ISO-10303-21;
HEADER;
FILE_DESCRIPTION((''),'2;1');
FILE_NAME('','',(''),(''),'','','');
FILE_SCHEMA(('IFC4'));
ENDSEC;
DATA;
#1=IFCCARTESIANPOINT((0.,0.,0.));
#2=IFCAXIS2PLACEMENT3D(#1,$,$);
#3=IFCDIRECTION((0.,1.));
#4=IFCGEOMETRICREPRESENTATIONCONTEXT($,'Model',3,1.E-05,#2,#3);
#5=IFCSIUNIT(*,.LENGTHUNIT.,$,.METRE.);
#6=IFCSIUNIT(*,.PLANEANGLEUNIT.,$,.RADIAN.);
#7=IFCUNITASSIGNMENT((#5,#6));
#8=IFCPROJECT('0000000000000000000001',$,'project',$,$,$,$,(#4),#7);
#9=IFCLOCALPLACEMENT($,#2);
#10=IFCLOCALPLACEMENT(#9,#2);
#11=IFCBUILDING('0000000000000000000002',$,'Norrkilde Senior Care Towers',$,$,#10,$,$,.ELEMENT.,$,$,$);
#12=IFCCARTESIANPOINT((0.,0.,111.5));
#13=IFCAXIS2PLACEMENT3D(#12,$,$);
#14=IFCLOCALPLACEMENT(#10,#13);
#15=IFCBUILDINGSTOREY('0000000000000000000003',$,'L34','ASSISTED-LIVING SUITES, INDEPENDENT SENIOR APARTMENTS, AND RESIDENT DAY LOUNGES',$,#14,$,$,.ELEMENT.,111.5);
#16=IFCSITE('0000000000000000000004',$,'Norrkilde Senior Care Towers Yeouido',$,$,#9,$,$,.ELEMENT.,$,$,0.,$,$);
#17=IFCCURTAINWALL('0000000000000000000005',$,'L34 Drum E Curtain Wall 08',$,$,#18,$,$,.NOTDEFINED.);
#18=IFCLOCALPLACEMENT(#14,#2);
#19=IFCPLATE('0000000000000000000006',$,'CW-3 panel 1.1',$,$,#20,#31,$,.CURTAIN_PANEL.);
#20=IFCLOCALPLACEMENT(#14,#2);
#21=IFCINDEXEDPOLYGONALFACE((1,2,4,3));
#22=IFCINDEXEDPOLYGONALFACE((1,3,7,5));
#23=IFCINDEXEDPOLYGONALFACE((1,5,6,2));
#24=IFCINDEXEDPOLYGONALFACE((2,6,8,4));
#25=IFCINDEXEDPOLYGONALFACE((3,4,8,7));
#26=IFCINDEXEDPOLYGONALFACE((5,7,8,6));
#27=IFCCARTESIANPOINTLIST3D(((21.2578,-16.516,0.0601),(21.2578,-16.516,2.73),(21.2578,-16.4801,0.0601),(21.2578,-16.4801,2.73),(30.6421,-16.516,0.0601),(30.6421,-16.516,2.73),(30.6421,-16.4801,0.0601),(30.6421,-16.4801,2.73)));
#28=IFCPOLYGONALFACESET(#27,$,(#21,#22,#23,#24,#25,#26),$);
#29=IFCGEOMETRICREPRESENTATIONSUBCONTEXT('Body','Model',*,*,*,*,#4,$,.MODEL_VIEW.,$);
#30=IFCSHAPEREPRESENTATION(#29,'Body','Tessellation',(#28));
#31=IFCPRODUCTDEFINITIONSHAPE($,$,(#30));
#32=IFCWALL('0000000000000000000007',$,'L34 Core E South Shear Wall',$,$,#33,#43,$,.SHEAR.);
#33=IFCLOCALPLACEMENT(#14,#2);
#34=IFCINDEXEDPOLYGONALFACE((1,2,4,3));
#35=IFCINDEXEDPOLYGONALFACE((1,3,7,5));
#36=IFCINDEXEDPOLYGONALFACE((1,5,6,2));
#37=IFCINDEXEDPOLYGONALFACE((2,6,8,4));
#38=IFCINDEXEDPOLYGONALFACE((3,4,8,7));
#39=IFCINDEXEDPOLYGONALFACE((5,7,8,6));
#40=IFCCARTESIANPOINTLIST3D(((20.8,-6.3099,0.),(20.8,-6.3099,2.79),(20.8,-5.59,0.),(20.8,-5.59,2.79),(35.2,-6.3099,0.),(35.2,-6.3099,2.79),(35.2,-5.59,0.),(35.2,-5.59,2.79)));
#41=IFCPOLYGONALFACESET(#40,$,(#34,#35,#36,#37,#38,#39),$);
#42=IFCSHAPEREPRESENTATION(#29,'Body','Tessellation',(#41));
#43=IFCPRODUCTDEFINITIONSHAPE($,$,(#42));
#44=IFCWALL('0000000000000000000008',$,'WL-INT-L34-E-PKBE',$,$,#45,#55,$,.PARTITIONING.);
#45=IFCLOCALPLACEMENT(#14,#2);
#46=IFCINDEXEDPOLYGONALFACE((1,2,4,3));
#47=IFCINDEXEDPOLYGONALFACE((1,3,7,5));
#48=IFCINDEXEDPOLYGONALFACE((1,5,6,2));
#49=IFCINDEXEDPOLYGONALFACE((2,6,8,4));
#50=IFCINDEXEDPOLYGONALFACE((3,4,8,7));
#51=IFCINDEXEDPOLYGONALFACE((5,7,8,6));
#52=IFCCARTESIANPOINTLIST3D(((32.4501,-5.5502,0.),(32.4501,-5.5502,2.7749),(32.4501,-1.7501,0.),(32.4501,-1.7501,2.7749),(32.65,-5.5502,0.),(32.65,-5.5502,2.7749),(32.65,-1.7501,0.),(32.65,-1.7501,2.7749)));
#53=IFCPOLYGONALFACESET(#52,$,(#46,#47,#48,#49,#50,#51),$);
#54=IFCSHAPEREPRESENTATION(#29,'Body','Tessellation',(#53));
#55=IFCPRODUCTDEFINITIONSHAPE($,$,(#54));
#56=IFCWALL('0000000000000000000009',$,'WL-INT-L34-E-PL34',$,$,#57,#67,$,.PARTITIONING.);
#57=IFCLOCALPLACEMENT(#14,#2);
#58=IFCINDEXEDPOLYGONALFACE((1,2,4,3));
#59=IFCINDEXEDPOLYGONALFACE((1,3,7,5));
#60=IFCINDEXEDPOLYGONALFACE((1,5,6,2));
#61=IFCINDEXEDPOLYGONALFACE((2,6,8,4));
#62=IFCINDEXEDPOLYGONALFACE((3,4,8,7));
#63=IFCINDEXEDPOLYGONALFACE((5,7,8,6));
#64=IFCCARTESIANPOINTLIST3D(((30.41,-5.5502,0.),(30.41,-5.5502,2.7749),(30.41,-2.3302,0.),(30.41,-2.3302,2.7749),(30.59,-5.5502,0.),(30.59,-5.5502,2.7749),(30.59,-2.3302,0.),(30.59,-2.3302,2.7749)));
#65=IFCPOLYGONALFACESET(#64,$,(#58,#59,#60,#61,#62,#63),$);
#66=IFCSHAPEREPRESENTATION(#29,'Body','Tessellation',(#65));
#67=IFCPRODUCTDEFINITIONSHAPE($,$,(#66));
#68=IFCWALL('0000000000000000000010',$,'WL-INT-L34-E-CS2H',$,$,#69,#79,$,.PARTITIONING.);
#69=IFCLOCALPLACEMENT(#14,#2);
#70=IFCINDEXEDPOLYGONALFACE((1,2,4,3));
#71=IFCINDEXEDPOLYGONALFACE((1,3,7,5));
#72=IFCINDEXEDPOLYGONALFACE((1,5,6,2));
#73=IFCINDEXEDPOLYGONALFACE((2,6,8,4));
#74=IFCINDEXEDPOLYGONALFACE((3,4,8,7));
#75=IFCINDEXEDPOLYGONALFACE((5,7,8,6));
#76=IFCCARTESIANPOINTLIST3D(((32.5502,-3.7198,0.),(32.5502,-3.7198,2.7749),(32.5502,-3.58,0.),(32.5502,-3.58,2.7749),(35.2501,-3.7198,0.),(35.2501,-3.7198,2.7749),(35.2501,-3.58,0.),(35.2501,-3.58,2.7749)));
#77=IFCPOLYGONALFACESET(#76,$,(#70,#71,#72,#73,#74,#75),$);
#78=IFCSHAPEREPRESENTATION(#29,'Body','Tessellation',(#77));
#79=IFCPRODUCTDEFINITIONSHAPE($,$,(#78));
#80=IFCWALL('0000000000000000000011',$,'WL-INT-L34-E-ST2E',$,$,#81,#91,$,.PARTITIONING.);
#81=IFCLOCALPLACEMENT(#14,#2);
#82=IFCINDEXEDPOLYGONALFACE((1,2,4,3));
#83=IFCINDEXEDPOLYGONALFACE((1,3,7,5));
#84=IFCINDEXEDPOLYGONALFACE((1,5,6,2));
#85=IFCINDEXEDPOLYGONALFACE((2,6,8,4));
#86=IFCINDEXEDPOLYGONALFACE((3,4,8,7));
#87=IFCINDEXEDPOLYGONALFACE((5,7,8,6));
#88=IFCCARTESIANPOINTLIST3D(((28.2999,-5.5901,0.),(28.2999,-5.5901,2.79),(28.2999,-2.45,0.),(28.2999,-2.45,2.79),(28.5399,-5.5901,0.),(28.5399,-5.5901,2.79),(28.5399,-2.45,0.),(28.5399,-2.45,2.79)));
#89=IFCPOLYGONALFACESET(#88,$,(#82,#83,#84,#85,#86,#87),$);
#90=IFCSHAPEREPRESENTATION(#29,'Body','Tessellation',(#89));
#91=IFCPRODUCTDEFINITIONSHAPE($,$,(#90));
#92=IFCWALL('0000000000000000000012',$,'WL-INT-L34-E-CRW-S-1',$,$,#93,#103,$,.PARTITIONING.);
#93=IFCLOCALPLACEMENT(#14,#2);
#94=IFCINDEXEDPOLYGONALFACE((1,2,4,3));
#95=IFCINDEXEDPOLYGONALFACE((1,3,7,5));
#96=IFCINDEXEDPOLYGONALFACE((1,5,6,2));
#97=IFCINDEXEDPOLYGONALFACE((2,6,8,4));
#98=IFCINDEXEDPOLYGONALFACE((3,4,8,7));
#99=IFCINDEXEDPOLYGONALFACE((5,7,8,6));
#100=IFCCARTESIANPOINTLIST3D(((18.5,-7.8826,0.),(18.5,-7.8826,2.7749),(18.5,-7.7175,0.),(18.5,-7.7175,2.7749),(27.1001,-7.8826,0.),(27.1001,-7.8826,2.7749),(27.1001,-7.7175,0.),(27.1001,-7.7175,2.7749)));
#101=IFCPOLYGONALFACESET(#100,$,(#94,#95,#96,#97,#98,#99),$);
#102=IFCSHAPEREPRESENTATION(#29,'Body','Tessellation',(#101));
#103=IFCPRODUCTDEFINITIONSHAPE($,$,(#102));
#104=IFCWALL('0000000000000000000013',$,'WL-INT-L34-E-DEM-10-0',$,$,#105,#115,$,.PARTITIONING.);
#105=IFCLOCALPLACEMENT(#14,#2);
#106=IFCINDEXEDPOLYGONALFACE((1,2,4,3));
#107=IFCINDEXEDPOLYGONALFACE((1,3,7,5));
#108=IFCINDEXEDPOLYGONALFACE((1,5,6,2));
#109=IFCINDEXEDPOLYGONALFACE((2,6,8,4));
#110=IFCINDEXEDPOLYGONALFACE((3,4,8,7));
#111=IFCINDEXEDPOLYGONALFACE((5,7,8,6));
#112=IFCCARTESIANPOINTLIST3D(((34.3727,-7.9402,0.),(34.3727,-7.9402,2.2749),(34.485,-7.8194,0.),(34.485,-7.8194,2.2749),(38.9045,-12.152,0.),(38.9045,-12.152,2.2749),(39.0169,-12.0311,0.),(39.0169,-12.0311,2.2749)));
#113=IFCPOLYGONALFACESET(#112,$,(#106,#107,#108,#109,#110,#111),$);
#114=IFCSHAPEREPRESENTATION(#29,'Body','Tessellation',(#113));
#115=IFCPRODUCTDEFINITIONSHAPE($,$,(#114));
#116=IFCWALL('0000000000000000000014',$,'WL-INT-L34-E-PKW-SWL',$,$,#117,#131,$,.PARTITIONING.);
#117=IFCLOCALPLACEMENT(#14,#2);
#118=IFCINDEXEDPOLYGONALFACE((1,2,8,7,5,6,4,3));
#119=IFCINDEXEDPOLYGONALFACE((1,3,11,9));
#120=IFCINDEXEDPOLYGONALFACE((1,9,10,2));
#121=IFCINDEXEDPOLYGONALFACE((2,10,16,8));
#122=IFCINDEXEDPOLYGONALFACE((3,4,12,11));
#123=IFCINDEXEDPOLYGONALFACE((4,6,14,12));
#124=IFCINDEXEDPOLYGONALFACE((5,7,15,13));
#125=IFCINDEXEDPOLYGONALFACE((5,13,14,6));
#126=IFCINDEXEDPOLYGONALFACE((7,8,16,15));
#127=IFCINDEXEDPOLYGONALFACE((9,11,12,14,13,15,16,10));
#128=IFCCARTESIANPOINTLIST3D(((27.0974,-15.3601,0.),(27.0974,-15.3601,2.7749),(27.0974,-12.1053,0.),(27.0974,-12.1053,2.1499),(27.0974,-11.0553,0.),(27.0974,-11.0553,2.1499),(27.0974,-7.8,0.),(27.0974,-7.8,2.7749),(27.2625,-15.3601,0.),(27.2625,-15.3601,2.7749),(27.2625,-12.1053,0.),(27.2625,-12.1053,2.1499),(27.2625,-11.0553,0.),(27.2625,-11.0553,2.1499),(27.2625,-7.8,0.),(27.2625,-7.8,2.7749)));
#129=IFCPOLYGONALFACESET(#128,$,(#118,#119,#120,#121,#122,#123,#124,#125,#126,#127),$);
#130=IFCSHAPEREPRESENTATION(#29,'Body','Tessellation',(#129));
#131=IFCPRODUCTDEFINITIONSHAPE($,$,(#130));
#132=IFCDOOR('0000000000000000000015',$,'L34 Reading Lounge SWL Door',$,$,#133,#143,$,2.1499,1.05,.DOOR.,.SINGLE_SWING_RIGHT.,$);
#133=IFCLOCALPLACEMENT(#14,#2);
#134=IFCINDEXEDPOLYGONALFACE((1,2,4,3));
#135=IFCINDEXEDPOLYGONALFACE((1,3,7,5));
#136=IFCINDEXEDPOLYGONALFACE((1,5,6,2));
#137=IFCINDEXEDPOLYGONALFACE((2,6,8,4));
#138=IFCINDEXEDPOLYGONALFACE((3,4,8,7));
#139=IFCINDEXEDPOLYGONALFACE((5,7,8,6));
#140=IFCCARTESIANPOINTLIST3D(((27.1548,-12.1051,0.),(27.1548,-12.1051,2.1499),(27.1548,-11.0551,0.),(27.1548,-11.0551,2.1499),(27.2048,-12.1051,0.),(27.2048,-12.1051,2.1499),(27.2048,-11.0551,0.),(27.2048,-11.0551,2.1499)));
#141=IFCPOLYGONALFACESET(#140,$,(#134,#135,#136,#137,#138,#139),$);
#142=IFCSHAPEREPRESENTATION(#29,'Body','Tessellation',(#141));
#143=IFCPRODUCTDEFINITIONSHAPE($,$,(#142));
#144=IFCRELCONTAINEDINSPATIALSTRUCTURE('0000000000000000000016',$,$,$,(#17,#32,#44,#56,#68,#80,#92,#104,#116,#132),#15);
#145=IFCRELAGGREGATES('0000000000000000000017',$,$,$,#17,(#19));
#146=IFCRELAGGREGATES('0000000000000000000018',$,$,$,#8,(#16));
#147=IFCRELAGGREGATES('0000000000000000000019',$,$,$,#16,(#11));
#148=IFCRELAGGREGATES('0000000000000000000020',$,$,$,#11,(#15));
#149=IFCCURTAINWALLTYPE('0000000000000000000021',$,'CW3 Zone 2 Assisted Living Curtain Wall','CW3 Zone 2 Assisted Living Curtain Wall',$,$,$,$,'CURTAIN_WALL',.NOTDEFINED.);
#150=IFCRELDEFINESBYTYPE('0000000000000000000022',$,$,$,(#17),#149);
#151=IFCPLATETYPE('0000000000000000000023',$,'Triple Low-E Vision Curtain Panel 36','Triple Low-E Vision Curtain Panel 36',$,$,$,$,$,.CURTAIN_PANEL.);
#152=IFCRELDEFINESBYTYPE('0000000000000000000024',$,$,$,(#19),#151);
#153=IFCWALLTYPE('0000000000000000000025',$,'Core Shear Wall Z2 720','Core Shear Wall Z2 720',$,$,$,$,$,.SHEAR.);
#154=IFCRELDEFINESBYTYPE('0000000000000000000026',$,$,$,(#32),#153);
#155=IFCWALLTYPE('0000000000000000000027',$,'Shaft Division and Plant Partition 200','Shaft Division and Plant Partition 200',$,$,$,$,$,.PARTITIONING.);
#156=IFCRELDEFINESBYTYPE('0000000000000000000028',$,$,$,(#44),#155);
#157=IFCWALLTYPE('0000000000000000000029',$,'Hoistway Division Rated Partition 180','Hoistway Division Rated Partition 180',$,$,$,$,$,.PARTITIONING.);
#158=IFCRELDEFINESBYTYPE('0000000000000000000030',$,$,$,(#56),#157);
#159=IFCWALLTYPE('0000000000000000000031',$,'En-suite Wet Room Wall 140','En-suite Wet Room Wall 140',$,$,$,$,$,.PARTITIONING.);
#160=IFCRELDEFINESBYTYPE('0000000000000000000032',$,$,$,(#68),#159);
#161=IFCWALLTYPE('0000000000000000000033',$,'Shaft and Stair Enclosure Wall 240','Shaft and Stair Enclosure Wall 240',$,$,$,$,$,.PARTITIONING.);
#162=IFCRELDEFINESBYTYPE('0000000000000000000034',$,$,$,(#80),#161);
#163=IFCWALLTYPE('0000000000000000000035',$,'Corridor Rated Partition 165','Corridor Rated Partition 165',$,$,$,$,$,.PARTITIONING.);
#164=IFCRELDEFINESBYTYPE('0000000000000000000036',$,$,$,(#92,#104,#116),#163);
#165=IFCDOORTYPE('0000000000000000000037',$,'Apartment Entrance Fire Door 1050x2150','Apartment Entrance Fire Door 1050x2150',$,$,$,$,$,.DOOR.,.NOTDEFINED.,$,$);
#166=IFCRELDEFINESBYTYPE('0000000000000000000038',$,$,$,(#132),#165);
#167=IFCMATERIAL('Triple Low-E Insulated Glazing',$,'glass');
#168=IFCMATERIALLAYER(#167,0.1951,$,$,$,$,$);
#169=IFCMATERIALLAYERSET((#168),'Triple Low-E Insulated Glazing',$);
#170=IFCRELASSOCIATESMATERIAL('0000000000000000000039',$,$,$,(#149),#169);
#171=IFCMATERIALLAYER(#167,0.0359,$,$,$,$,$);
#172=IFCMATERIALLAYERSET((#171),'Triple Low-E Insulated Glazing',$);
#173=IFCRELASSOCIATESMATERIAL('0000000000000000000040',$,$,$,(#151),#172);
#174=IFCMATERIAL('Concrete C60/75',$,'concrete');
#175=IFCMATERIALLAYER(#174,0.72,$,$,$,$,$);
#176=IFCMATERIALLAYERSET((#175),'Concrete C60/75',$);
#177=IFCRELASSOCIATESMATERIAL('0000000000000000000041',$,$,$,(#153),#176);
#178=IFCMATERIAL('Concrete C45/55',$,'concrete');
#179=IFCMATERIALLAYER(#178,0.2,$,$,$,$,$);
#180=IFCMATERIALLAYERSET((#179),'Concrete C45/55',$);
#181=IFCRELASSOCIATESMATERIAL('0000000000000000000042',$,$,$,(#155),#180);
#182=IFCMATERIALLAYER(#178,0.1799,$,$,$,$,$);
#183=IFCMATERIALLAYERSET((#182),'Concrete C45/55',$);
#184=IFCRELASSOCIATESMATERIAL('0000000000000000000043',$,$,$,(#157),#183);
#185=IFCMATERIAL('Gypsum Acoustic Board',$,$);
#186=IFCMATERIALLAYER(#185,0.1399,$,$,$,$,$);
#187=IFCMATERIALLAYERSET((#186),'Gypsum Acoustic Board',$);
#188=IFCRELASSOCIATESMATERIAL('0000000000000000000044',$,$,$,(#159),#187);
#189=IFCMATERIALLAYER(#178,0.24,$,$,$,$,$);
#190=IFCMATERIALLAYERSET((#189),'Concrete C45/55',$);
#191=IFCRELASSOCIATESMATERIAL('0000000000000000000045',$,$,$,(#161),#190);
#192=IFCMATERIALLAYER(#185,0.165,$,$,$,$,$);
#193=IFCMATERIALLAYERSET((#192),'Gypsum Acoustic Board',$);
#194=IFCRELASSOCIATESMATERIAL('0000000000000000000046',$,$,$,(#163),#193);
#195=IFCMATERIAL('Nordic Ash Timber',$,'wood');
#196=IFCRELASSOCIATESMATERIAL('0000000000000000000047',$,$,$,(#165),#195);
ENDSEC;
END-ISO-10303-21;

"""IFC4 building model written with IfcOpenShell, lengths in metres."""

from ifc_helpers import new_model, si_unit, direction, frame, frame_2d, origin, origin_2d, place, context, subcontext, project, spatial, rectangle, extrude, source, transform, mapped, material, layer, layer_set, type_object, type_shapes, element, fill, aggregate, save


model = new_model("IFC4")

# Units and contexts
model_context = context("Model", 3, precision=1e-05, world=origin(), true_north=direction((0.0, 1.0)))
body_context = subcontext(model_context, "Body", "Model", "MODEL_VIEW")
ifc_project = project(units=[si_unit("LENGTHUNIT", "METRE"), si_unit("PLANEANGLEUNIT", "RADIAN")], contexts=[model_context])

# Site, building, storey
site_placement = place(None, origin())
site = spatial("IfcSite", under=ifc_project, at=site_placement, Name="Norrkilde Senior Care Towers Yeouido", CompositionType="ELEMENT", RefElevation=0.0)
building_placement = place(site_placement, origin())
building = spatial("IfcBuilding", under=site, at=building_placement, Name="Norrkilde Senior Care Towers", CompositionType="ELEMENT")
storey_placement = place(building_placement, frame((0.0, 0.0, 111.5)))
storey = spatial("IfcBuildingStorey", under=building, at=storey_placement, Name="L34", Description="ASSISTED-LIVING SUITES, INDEPENDENT SENIOR APARTMENTS, AND RESIDENT DAY LOUNGES", CompositionType="ELEMENT", Elevation=111.5)

# Shared definitions
ifc_material_1 = material(Name="Concrete C60/75", Category="concrete")

# Curtain wall
ifc_material_2 = material(Name="Triple Low-E Insulated Glazing", Category="glass")
ifc_layer_1 = layer(ifc_material_2, 0.1951)
ifc_layer_set_1 = layer_set([ifc_layer_1], Name="Triple Low-E Insulated Glazing")
curtain_wall_type = type_object("IfcCurtainWallType", Name="CW3 Zone 2 Assisted Living Curtain Wall", Description="CW3 Zone 2 Assisted Living Curtain Wall", ElementType="CURTAIN_WALL", PredefinedType="NOTDEFINED", material=ifc_layer_set_1)
curtain_wall_1_placement = place(storey_placement, origin())
curtain_wall_1 = element("IfcCurtainWall", 1, at=curtain_wall_1_placement, inside=storey, type_object=curtain_wall_type, Name="L34 Drum E Curtain Wall 08", PredefinedType="NOTDEFINED")

# Plate
ifc_layer_2 = layer(ifc_material_2, 0.0359)
ifc_layer_set_2 = layer_set([ifc_layer_2], Name="Triple Low-E Insulated Glazing")
plate_type = type_object("IfcPlateType", Name="Triple Low-E Vision Curtain Panel 36", Description="Triple Low-E Vision Curtain Panel 36", PredefinedType="CURTAIN_PANEL", material=ifc_layer_set_2)
shared_shape_1 = source(origin(), body_context, "Body", "SweptSolid", [
    extrude(rectangle(XDim=9.3843, YDim=0.0359, at=origin_2d()), origin(), (0.0, 0.0, 1.0), 2.6699),
])
plate_1_placement = place(storey_placement, frame((25.95, -16.498, 0.0601), z_axis=(0.0, 0.0, 1.0), x_axis=(-1.0, 0.0, 0.0)))
plate_1 = element("IfcPlate", 2, at=plate_1_placement, type_object=plate_type, Name="CW-3 panel 1.1", PredefinedType="CURTAIN_PANEL", context=body_context, shape_type="MappedRepresentation", body=[
    mapped(shared_shape_1, transform((0.0, 0.0, 0.0), x_axis=(1.0, 0.0, 0.0), y_axis=(0.0, 1.0, 0.0), z_axis=(0.0, 0.0, 1.0), scale=1.0)),
])
aggregate(curtain_wall_1, [plate_1])

# Walls
ifc_layer_3 = layer(ifc_material_1, 0.72)
ifc_layer_set_3 = layer_set([ifc_layer_3], Name="Concrete C60/75")
wall_type_1 = type_object("IfcWallType", Name="Core Shear Wall Z2 720", Description="Core Shear Wall Z2 720", PredefinedType="SHEAR", material=ifc_layer_set_3)
shared_shape_2 = source(origin(), body_context, "Body", "SweptSolid", [
    extrude(rectangle(XDim=14.3999, YDim=0.72, at=frame_2d((7.2, 0.0))), origin(), (0.0, 0.0, 1.0), 2.79),
])
type_shapes(wall_type_1, [shared_shape_2])
wall_1_placement = place(storey_placement, frame((35.2, -5.95, 0.0), z_axis=(0.0, 0.0, 1.0), x_axis=(-1.0, 0.0, 0.0)))
element("IfcWall", 3, at=wall_1_placement, inside=storey, type_object=wall_type_1, Name="L34 Core E South Shear Wall", PredefinedType="SHEAR", context=body_context, shape_type="MappedRepresentation", body=[
    mapped(shared_shape_2, transform((0.0, 0.0, 0.0), x_axis=(1.0, 0.0, 0.0), y_axis=(0.0, 1.0, 0.0), z_axis=(0.0, 0.0, 1.0), scale=1.0)),
])
ifc_material_3 = material(Name="Concrete C45/55", Category="concrete")
ifc_layer_4 = layer(ifc_material_3, 0.2)
ifc_layer_set_4 = layer_set([ifc_layer_4], Name="Concrete C45/55")
wall_type_2 = type_object("IfcWallType", Name="Shaft Division and Plant Partition 200", Description="Shaft Division and Plant Partition 200", PredefinedType="PARTITIONING", material=ifc_layer_set_4)
shared_shape_3 = source(origin(), body_context, "Body", "SweptSolid", [
    extrude(rectangle(XDim=3.8, YDim=0.2, at=frame_2d((1.8999, 0.0))), origin(), (0.0, 0.0, 1.0), 2.7749),
])
type_shapes(wall_type_2, [shared_shape_3])
wall_2_placement = place(storey_placement, frame((32.55, -5.55, 0.0), z_axis=(0.0, 0.0, 1.0), x_axis=(0.0, 1.0, 0.0)))
element("IfcWall", 4, at=wall_2_placement, inside=storey, type_object=wall_type_2, Name="WL-INT-L34-E-PKBE", PredefinedType="PARTITIONING", context=body_context, shape_type="MappedRepresentation", body=[
    mapped(shared_shape_3, transform((0.0, 0.0, 0.0), x_axis=(1.0, 0.0, 0.0), y_axis=(0.0, 1.0, 0.0), z_axis=(0.0, 0.0, 1.0), scale=1.0)),
])
ifc_layer_5 = layer(ifc_material_3, 0.1799)
ifc_layer_set_5 = layer_set([ifc_layer_5], Name="Concrete C45/55")
wall_type_3 = type_object("IfcWallType", Name="Hoistway Division Rated Partition 180", Description="Hoistway Division Rated Partition 180", PredefinedType="PARTITIONING", material=ifc_layer_set_5)
shared_shape_4 = source(origin(), body_context, "Body", "SweptSolid", [
    extrude(rectangle(XDim=3.22, YDim=0.1799, at=frame_2d((1.6099, 0.0))), origin(), (0.0, 0.0, 1.0), 2.7749),
])
type_shapes(wall_type_3, [shared_shape_4])
wall_3_placement = place(storey_placement, frame((30.5, -5.55, 0.0), z_axis=(0.0, 0.0, 1.0), x_axis=(0.0, 1.0, 0.0)))
element("IfcWall", 5, at=wall_3_placement, inside=storey, type_object=wall_type_3, Name="WL-INT-L34-E-PL34", PredefinedType="PARTITIONING", context=body_context, shape_type="MappedRepresentation", body=[
    mapped(shared_shape_4, transform((0.0, 0.0, 0.0), x_axis=(1.0, 0.0, 0.0), y_axis=(0.0, 1.0, 0.0), z_axis=(0.0, 0.0, 1.0), scale=1.0)),
])
ifc_material_4 = material(Name="Gypsum Acoustic Board")
ifc_layer_6 = layer(ifc_material_4, 0.1399)
ifc_layer_set_6 = layer_set([ifc_layer_6], Name="Gypsum Acoustic Board")
wall_type_4 = type_object("IfcWallType", Name="En-suite Wet Room Wall 140", Description="En-suite Wet Room Wall 140", PredefinedType="PARTITIONING", material=ifc_layer_set_6)
shared_shape_5 = source(origin(), body_context, "Body", "SweptSolid", [
    extrude(rectangle(XDim=2.7, YDim=0.1399, at=frame_2d((1.3501, 0.0))), origin(), (0.0, 0.0, 1.0), 2.7749),
])
type_shapes(wall_type_4, [shared_shape_5])
wall_4_placement = place(storey_placement, frame((32.55, -3.6499, 0.0), z_axis=(0.0, 0.0, 1.0), x_axis=(1.0, 0.0, 0.0)))
element("IfcWall", 6, at=wall_4_placement, inside=storey, type_object=wall_type_4, Name="WL-INT-L34-E-CS2H", PredefinedType="PARTITIONING", context=body_context, shape_type="MappedRepresentation", body=[
    mapped(shared_shape_5, transform((0.0, 0.0, 0.0), x_axis=(1.0, 0.0, 0.0), y_axis=(0.0, 1.0, 0.0), z_axis=(0.0, 0.0, 1.0), scale=1.0)),
])
ifc_layer_7 = layer(ifc_material_3, 0.24)
ifc_layer_set_7 = layer_set([ifc_layer_7], Name="Concrete C45/55")
wall_type_5 = type_object("IfcWallType", Name="Shaft and Stair Enclosure Wall 240", Description="Shaft and Stair Enclosure Wall 240", PredefinedType="PARTITIONING", material=ifc_layer_set_7)
shared_shape_6 = source(origin(), body_context, "Body", "SweptSolid", [
    extrude(rectangle(XDim=3.1401, YDim=0.24, at=frame_2d((1.5701, 0.0))), origin(), (0.0, 0.0, 1.0), 2.79),
])
type_shapes(wall_type_5, [shared_shape_6])
wall_5_placement = place(storey_placement, frame((28.4199, -5.5901, 0.0), z_axis=(0.0, 0.0, 1.0), x_axis=(0.0, 1.0, 0.0)))
element("IfcWall", 7, at=wall_5_placement, inside=storey, type_object=wall_type_5, Name="WL-INT-L34-E-ST2E", PredefinedType="PARTITIONING", context=body_context, shape_type="MappedRepresentation", body=[
    mapped(shared_shape_6, transform((0.0, 0.0, 0.0), x_axis=(1.0, 0.0, 0.0), y_axis=(0.0, 1.0, 0.0), z_axis=(0.0, 0.0, 1.0), scale=1.0)),
])
ifc_layer_8 = layer(ifc_material_4, 0.165)
ifc_layer_set_8 = layer_set([ifc_layer_8], Name="Gypsum Acoustic Board")
wall_type_6 = type_object("IfcWallType", Name="Corridor Rated Partition 165", Description="Corridor Rated Partition 165", PredefinedType="PARTITIONING", material=ifc_layer_set_8)
shared_shape_7 = source(origin(), body_context, "Body", "SweptSolid", [
    extrude(rectangle(XDim=8.6001, YDim=0.165, at=frame_2d((4.3, 0.0))), origin(), (0.0, 0.0, 1.0), 2.7749),
])
wall_6_placement = place(storey_placement, frame((27.1001, -7.8, 0.0), z_axis=(0.0, 0.0, 1.0), x_axis=(-1.0, 0.0, 0.0)))
element("IfcWall", 8, at=wall_6_placement, inside=storey, type_object=wall_type_6, Name="WL-INT-L34-E-CRW-S-1", PredefinedType="PARTITIONING", context=body_context, shape_type="MappedRepresentation", body=[
    mapped(shared_shape_7, transform((0.0, 0.0, 0.0), x_axis=(1.0, 0.0, 0.0), y_axis=(0.0, 1.0, 0.0), z_axis=(0.0, 0.0, 1.0), scale=1.0)),
])
shared_shape_8 = source(origin(), body_context, "Body", "SweptSolid", [
    extrude(rectangle(XDim=6.1868, YDim=0.165, at=frame_2d((3.0933, 0.0))), origin(), (0.0, 0.0, 1.0), 2.2749),
])
wall_7_placement = place(storey_placement, frame((34.429, -7.8799, 0.0), z_axis=(0.0, 0.0, 1.0), x_axis=(0.732501, -0.680766, 0.0)))
element("IfcWall", 9, at=wall_7_placement, inside=storey, type_object=wall_type_6, Name="WL-INT-L34-E-DEM-10-0", PredefinedType="PARTITIONING", context=body_context, shape_type="MappedRepresentation", body=[
    mapped(shared_shape_8, transform((0.0, 0.0, 0.0), x_axis=(1.0, 0.0, 0.0), y_axis=(0.0, 1.0, 0.0), z_axis=(0.0, 0.0, 1.0), scale=1.0)),
])

# Wall, opening, door
shared_shape_9 = source(origin(), body_context, "Body", "SweptSolid", [
    extrude(rectangle(XDim=7.5601, YDim=0.165, at=frame_2d((3.78, 0.0))), origin(), (0.0, 0.0, 1.0), 2.7749),
])
wall_8_placement = place(storey_placement, frame((27.1799, -15.3601, 0.0), z_axis=(0.0, 0.0, 1.0), x_axis=(0.0, 1.0, 0.0)))
wall_8 = element("IfcWall", 10, at=wall_8_placement, inside=storey, type_object=wall_type_6, Name="WL-INT-L34-E-PKW-SWL", PredefinedType="PARTITIONING", context=body_context, shape_type="MappedRepresentation", body=[
    mapped(shared_shape_9, transform((0.0, 0.0, 0.0), x_axis=(1.0, 0.0, 0.0), y_axis=(0.0, 1.0, 0.0), z_axis=(0.0, 0.0, 1.0), scale=1.0)),
])
opening_1_placement = place(wall_8_placement, frame((3.2549, 0.0, 0.0)))
opening_1 = element("IfcOpeningElement", 11, at=opening_1_placement, cuts=wall_8, PredefinedType="OPENING", context=body_context, shape_type="SweptSolid", body=[
    extrude(rectangle(XDim=1.05, YDim=2.1499, at=frame_2d((0.5249, 1.075))), frame((0.0, 0.0925, 0.0), z_axis=(0.0, -1.0, 0.0), x_axis=(1.0, 0.0, 0.0)), (0.0, 0.0, 1.0), 0.1851),
])
ifc_material_5 = material(Name="Nordic Ash Timber", Category="wood")
door_type = type_object("IfcDoorType", Name="Apartment Entrance Fire Door 1050x2150", Description="Apartment Entrance Fire Door 1050x2150", OperationType="NOTDEFINED", PredefinedType="DOOR", material=ifc_material_5)
shared_shape_10 = source(origin(), body_context, "Body", "SweptSolid", [
    extrude(rectangle(XDim=1.05, YDim=2.1499, at=frame_2d((0.5249, 1.075))), frame((0.0, 0.0249, 0.0), z_axis=(0.0, -1.0, 0.0), x_axis=(1.0, 0.0, 0.0)), (0.0, 0.0, 1.0), 0.05),
])
type_shapes(door_type, [shared_shape_10])
door_1_placement = place(opening_1_placement, frame((1.05, 0.0, 0.0), z_axis=(0.0, 0.0, 1.0), x_axis=(-1.0, 0.0, 0.0)))
door_1 = element("IfcDoor", 12, at=door_1_placement, inside=storey, type_object=door_type, Name="L34 Reading Lounge SWL Door", OperationType="SINGLE_SWING_RIGHT", OverallHeight=2.1499, OverallWidth=1.05, PredefinedType="DOOR", context=body_context, shape_type="MappedRepresentation", body=[
    mapped(shared_shape_10, transform((0.0, 0.0, 0.0), x_axis=(1.0, 0.0, 0.0), y_axis=(0.0, 1.0, 0.0), z_axis=(0.0, 0.0, 1.0), scale=1.0)),
])
fill(opening_1, door_1)

save(model, "model.ifc")
